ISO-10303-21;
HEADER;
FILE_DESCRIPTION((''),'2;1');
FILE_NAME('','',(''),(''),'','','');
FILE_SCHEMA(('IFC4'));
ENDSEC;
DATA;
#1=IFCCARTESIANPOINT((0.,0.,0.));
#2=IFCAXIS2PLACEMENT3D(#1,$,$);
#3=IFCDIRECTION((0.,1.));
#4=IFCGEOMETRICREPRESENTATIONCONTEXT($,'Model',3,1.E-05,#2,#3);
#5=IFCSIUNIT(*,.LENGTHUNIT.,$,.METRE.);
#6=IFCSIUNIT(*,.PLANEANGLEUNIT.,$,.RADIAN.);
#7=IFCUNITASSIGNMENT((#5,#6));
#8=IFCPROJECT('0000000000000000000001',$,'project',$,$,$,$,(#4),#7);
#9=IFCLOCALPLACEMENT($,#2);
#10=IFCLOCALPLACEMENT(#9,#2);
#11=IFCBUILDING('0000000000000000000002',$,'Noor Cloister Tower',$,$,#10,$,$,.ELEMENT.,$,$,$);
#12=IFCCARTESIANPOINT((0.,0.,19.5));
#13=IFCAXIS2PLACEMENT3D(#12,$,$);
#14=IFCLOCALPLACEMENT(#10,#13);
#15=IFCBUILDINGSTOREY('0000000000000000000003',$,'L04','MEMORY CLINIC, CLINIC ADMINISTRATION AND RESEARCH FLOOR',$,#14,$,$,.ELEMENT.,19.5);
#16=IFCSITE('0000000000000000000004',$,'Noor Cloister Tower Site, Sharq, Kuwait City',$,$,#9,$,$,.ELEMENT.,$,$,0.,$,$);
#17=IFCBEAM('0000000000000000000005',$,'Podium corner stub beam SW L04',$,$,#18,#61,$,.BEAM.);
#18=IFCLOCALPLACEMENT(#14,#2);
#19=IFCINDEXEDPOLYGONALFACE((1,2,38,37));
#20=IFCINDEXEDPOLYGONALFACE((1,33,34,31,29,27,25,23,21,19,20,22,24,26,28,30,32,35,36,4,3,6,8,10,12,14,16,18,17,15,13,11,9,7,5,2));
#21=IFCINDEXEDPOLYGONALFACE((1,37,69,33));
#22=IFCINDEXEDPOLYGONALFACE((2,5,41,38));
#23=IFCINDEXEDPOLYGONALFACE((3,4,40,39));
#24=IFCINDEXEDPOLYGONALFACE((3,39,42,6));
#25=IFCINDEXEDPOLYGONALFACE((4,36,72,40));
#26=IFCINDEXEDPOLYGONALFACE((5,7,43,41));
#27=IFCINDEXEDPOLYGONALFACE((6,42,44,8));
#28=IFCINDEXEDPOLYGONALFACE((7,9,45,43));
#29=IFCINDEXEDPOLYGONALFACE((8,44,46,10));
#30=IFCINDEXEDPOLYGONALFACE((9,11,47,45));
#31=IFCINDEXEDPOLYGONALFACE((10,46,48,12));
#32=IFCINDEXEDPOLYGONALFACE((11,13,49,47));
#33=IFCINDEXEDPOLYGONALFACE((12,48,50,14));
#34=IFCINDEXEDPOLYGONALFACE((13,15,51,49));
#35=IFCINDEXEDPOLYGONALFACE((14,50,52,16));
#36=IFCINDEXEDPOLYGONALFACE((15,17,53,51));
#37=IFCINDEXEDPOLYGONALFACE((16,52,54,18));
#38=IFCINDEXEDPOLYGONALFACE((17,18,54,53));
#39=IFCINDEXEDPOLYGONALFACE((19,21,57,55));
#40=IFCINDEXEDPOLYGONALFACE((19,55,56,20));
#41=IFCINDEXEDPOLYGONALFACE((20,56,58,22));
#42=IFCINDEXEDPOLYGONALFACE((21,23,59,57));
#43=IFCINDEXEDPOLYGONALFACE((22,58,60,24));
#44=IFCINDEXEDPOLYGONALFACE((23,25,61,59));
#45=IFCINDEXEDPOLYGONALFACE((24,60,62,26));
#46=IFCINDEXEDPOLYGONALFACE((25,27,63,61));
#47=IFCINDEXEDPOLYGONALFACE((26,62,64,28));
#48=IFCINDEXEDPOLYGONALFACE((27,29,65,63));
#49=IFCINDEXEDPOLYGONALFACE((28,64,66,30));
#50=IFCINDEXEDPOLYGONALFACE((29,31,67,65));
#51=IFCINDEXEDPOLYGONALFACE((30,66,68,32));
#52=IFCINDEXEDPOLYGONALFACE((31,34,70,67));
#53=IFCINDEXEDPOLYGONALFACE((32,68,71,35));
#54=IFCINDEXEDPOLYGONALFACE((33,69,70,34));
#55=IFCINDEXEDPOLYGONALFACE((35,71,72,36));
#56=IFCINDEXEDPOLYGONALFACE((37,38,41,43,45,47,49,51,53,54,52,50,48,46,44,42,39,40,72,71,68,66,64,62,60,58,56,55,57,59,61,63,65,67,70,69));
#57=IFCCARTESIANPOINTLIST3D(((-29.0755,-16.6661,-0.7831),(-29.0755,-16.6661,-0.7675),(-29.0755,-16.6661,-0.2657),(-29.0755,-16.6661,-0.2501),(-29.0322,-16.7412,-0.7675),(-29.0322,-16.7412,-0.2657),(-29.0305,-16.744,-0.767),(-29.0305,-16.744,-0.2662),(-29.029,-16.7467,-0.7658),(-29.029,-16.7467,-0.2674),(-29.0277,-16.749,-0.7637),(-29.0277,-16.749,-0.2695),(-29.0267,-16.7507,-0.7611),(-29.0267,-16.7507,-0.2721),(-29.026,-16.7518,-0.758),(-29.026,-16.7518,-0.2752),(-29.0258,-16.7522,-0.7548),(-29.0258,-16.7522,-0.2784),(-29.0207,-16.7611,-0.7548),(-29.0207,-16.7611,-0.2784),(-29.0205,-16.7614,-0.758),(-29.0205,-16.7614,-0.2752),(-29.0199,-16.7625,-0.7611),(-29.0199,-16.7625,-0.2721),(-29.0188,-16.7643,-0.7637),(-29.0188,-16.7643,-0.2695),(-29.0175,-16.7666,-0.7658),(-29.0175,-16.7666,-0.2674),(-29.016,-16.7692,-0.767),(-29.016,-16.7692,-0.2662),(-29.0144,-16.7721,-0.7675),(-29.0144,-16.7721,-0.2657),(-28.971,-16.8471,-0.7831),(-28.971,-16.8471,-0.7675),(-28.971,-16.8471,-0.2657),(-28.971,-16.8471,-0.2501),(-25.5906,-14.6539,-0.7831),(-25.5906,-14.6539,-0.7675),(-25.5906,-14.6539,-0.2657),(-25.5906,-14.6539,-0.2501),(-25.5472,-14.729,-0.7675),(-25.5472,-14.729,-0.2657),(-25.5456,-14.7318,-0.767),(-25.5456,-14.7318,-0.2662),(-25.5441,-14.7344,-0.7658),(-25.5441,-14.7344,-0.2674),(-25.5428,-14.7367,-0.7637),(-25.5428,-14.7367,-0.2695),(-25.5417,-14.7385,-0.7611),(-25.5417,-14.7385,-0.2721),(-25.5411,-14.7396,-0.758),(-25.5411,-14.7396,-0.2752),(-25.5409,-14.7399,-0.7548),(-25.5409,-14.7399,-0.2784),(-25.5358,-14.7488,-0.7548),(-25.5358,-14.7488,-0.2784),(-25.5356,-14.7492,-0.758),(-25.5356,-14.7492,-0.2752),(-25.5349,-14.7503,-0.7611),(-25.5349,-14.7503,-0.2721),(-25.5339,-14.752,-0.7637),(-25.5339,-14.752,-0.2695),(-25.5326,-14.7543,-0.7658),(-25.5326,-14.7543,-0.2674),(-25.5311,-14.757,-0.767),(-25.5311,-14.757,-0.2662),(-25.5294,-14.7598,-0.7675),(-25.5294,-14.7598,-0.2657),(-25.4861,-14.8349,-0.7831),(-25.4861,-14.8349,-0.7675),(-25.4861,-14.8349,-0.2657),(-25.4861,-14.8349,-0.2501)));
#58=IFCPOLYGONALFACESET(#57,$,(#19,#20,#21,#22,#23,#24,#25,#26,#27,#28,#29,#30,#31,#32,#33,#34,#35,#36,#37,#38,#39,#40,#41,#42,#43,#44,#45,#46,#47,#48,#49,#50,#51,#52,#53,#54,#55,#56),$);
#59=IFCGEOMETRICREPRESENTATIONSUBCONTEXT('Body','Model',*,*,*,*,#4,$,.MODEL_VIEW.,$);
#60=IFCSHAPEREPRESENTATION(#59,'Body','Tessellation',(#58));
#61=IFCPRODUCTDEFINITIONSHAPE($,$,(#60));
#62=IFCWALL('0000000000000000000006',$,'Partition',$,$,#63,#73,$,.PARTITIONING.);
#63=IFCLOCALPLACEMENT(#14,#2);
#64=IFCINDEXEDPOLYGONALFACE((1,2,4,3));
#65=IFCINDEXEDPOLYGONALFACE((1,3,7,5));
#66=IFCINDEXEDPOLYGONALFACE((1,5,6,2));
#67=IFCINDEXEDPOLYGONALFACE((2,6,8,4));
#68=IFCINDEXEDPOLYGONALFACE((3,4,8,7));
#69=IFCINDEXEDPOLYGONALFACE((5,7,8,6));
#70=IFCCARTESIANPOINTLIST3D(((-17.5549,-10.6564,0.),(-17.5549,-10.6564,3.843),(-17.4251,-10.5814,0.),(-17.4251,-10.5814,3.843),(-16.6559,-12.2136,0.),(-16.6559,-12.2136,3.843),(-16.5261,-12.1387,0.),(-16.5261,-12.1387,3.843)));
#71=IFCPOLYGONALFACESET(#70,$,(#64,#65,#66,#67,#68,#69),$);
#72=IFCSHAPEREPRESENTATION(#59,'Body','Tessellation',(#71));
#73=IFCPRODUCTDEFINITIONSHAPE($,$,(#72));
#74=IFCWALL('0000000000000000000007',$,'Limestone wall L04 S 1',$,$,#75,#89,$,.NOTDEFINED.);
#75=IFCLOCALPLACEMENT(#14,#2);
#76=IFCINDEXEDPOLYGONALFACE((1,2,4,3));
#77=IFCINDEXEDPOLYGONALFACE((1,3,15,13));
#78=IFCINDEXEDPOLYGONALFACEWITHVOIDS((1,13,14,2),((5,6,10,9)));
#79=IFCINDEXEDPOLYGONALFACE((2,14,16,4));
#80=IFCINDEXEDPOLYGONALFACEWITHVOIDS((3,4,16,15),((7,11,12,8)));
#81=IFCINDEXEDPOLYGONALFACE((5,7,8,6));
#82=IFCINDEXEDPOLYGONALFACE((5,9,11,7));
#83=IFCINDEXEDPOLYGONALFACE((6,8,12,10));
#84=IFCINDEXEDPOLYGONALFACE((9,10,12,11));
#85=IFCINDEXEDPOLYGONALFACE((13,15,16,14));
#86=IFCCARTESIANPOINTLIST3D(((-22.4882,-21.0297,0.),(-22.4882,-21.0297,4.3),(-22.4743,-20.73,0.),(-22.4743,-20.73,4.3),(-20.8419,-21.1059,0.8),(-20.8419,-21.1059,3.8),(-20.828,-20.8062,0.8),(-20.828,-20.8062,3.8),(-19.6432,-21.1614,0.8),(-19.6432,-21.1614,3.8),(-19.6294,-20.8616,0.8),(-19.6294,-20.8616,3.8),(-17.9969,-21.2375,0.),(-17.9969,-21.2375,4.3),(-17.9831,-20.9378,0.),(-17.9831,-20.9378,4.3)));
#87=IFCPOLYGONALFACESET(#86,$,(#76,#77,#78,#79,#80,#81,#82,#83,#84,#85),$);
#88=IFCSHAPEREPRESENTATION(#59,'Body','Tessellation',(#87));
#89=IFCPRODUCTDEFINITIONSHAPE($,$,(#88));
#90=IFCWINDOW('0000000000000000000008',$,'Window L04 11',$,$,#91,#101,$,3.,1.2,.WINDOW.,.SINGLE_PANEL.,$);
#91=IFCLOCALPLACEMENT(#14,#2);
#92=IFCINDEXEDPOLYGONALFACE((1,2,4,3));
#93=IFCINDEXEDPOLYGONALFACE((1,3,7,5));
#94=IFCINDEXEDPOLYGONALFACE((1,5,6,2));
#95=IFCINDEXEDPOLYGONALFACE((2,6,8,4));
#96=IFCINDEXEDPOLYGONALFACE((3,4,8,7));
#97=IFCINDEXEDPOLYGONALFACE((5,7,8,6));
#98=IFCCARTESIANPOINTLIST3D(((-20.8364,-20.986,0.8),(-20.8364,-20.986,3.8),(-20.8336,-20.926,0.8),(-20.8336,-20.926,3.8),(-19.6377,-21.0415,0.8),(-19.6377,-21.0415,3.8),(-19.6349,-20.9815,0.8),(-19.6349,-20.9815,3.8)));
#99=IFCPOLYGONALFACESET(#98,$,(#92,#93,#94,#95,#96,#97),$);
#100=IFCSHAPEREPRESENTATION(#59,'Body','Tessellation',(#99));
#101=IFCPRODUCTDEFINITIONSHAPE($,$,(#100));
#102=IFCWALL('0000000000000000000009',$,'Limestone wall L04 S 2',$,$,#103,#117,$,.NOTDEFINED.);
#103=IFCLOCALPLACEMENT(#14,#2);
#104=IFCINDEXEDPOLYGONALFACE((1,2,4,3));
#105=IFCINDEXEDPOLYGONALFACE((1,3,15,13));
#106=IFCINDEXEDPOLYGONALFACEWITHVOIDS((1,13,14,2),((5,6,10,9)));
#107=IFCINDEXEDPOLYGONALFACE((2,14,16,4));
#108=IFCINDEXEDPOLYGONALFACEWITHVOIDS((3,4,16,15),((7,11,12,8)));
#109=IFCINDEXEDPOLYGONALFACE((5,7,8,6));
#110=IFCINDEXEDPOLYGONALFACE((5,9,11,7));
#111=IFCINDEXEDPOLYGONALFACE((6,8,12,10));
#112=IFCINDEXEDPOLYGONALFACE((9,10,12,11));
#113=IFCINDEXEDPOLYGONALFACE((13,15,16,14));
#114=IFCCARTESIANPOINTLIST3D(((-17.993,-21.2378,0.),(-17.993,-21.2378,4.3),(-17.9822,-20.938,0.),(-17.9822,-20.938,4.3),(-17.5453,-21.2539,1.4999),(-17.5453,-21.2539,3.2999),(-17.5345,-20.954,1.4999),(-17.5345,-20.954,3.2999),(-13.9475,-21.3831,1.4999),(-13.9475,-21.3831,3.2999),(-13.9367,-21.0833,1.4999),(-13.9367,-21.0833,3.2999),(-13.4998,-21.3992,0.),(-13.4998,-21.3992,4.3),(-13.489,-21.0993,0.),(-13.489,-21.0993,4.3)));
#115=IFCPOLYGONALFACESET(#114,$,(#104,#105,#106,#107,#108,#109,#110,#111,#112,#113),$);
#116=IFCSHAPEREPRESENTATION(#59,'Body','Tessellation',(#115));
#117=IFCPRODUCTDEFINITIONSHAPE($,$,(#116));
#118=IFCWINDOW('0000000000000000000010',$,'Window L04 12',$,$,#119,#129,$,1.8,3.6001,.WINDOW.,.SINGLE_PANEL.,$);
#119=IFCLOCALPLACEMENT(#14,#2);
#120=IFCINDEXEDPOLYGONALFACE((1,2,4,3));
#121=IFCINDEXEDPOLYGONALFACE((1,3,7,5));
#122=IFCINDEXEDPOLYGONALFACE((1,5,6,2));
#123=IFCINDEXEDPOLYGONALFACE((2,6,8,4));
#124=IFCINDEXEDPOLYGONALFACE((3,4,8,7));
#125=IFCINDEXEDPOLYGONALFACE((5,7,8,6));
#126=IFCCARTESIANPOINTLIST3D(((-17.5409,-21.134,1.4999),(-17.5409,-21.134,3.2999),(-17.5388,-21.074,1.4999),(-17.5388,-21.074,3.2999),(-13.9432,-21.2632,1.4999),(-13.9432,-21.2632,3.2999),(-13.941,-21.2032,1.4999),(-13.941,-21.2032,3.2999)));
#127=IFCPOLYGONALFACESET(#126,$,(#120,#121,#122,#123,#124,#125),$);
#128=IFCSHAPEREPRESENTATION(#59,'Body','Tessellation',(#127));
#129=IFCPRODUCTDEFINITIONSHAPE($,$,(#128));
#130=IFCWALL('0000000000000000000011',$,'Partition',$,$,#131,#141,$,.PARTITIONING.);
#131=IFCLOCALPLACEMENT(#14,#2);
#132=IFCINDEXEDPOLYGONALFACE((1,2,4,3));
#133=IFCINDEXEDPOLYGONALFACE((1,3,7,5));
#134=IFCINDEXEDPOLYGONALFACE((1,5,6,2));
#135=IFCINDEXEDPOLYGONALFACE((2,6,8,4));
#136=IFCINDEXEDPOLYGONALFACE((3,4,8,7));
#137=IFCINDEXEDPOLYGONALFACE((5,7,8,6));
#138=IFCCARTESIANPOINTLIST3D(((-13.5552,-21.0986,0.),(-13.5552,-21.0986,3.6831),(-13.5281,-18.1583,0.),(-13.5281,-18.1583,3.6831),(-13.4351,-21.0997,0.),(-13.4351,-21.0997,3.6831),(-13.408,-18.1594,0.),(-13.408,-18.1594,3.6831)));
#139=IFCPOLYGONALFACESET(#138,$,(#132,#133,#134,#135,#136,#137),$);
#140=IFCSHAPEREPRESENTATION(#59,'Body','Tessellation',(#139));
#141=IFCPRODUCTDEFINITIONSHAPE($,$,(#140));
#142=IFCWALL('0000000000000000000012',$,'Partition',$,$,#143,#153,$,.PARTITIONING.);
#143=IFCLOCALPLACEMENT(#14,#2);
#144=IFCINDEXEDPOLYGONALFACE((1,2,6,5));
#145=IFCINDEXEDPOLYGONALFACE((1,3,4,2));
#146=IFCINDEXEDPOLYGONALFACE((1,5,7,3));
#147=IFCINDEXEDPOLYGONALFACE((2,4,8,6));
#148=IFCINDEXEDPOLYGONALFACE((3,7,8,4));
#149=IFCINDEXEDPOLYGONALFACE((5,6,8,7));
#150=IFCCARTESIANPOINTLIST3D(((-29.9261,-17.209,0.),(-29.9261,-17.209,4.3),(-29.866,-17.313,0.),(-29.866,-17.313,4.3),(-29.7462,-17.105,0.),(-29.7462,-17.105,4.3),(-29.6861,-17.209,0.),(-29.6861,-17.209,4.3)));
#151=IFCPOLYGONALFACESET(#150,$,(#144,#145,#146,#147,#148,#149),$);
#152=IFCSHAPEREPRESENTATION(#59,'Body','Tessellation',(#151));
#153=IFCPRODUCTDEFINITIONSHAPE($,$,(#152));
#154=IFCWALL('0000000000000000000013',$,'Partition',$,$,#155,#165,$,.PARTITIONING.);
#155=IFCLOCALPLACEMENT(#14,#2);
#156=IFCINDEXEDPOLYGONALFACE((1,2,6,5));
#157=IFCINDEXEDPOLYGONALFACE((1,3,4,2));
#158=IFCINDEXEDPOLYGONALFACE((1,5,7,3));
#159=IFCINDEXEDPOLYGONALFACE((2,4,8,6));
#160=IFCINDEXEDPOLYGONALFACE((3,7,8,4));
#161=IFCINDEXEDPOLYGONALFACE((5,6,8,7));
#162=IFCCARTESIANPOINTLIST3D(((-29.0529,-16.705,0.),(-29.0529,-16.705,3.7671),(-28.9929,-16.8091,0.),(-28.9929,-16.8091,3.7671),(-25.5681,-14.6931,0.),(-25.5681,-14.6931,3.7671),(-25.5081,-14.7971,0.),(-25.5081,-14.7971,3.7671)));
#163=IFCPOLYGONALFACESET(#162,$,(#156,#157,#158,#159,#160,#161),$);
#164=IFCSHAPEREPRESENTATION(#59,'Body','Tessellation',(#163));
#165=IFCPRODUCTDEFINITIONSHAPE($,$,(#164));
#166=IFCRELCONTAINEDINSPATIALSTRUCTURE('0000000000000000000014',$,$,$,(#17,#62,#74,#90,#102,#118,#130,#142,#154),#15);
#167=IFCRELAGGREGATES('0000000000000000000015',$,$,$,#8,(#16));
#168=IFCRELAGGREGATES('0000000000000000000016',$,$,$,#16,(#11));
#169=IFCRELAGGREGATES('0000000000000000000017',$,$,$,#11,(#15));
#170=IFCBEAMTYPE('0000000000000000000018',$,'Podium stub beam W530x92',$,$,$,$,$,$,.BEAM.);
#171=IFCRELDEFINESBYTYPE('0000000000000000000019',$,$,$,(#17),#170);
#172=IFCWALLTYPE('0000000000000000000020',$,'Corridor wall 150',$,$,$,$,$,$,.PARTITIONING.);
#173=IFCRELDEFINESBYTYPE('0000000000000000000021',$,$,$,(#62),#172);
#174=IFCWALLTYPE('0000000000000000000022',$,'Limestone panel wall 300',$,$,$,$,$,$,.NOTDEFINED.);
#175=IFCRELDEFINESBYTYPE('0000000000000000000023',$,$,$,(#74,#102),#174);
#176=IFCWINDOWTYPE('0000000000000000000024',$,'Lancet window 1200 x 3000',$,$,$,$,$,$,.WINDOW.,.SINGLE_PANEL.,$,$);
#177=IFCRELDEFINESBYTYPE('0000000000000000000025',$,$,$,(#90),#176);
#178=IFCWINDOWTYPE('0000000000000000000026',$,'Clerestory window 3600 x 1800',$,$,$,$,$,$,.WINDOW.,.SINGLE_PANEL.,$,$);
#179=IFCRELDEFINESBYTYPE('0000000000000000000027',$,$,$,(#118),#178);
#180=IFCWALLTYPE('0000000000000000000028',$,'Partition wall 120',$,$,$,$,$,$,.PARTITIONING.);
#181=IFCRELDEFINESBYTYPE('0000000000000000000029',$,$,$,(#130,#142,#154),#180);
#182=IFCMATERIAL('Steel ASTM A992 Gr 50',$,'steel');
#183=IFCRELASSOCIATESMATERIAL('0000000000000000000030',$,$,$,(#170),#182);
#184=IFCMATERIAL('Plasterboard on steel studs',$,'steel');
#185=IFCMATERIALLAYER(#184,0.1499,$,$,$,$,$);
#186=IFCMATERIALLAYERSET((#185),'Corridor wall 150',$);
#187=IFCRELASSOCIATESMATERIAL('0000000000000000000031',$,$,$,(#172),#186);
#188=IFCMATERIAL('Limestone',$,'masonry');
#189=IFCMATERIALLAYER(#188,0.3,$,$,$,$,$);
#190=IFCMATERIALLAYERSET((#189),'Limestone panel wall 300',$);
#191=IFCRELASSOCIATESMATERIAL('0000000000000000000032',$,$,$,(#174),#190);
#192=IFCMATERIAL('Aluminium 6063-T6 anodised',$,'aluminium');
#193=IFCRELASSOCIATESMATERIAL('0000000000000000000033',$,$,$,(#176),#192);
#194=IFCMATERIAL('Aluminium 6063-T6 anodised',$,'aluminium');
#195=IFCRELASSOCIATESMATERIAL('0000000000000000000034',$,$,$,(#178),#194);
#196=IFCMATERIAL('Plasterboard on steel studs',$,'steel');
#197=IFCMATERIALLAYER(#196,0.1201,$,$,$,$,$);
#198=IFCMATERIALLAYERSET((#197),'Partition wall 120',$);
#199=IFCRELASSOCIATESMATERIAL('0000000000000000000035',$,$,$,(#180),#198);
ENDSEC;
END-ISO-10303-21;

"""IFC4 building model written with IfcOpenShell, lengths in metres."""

from ifc_helpers import new_model, si_unit, direction, frame, frame_2d, origin, origin_2d, place, context, subcontext, project, spatial, rectangle, i_section, extrude, material, layer, layer_set, material_profile, profile_set, type_object, element, fill, save


model = new_model("IFC4")

# Units and contexts
model_context = context("Model", 3, precision=1e-05, world=origin(), true_north=direction((0.0, 1.0)))
body_context = subcontext(model_context, "Body", "Model", "MODEL_VIEW")
ifc_project = project(units=[si_unit("LENGTHUNIT", "METRE"), si_unit("PLANEANGLEUNIT", "RADIAN")], contexts=[model_context])

# Site, building, storey
site_placement = place(None, origin())
site = spatial("IfcSite", under=ifc_project, at=site_placement, Name="Noor Cloister Tower Site, Sharq, Kuwait City", CompositionType="ELEMENT", RefElevation=0.0)
building_placement = place(site_placement, origin())
building = spatial("IfcBuilding", under=site, at=building_placement, Name="Noor Cloister Tower", CompositionType="ELEMENT")
storey_placement = place(building_placement, frame((0.0, 0.0, 19.5)))
storey = spatial("IfcBuildingStorey", under=building, at=storey_placement, Name="L04", Description="MEMORY CLINIC, CLINIC ADMINISTRATION AND RESEARCH FLOOR", CompositionType="ELEMENT", Elevation=19.5)

# Beam
ifc_material_1 = material(Name="Steel ASTM A992 Gr 50", Category="steel")
ifc_material_profile_1 = material_profile(ifc_material_1, i_section(OverallWidth=0.209, OverallDepth=0.533, WebThickness=0.0103, FlangeThickness=0.0156, FilletRadius=0.0127, at=origin_2d()), Name="W530x92")
ifc_profile_set_1 = profile_set([ifc_material_profile_1], Name="Steel ASTM A992 Gr 50")
beam_type_1 = type_object("IfcBeamType", Name="Podium stub beam W530x92", PredefinedType="BEAM", material=ifc_profile_set_1)
beam_1_placement = place(storey_placement, frame((-25.5383, -14.7444, -0.5166), z_axis=(-0.866002, -0.500041, 0.0), x_axis=(0.500041, -0.866002, 0.0)))
element("IfcBeam", 1, at=beam_1_placement, inside=storey, type_object=beam_type_1, Name="Podium corner stub beam SW L04", PredefinedType="BEAM", context=body_context, shape_type="SweptSolid", body=[
    extrude(i_section(OverallWidth=0.209, OverallDepth=0.533, WebThickness=0.0103, FlangeThickness=0.0156, FilletRadius=0.0127, at=origin_2d()), origin(), (0.0, 0.0, 1.0), 4.0242),
])

# Wall
ifc_material_2 = material(Name="Plasterboard on steel studs", Category="steel")
ifc_layer_1 = layer(ifc_material_2, 0.1499)
ifc_layer_set_1 = layer_set([ifc_layer_1], Name="Corridor wall 150")
wall_type_1 = type_object("IfcWallType", Name="Corridor wall 150", PredefinedType="PARTITIONING", material=ifc_layer_set_1)
wall_1_placement = place(storey_placement, frame((-16.5911, -12.176, 0.0), z_axis=(0.0, 0.0, 1.0), x_axis=(-0.499965, 0.866045, 0.0)))
element("IfcWall", 2, at=wall_1_placement, inside=storey, type_object=wall_type_1, Name="Partition", PredefinedType="PARTITIONING", context=body_context, shape_type="SweptSolid", body=[
    extrude(rectangle(XDim=1.7981, YDim=0.1499, at=frame_2d((0.8989, 0.0))), origin(), (0.0, 0.0, 1.0), 3.843),
])

# Walls, openings, windows
ifc_material_3 = material(Name="Limestone", Category="masonry")
ifc_layer_2 = layer(ifc_material_3, 0.3)
ifc_layer_set_2 = layer_set([ifc_layer_2], Name="Limestone panel wall 300")
wall_type_2 = type_object("IfcWallType", Name="Limestone panel wall 300", PredefinedType="NOTDEFINED", material=ifc_layer_set_2)
wall_2_placement = place(storey_placement, frame((-17.99, -21.0876, 0.0), z_axis=(0.0, 0.0, 1.0), x_axis=(-0.998932, 0.046211, 0.0)))
wall_2 = element("IfcWall", 3, at=wall_2_placement, inside=storey, type_object=wall_type_2, Name="Limestone wall L04 S 1", PredefinedType="NOTDEFINED", context=body_context, shape_type="SweptSolid", body=[
    extrude(rectangle(XDim=4.4961, YDim=0.3, at=frame_2d((2.248, 0.0))), origin(), (0.0, 0.0, 1.0), 4.3),
])
opening_1_placement = place(wall_2_placement, frame((1.6479, 0.0, 0.8)))
opening_1 = element("IfcOpeningElement", 4, at=opening_1_placement, cuts=wall_2, PredefinedType="OPENING", context=body_context, shape_type="SweptSolid", body=[
    extrude(rectangle(XDim=1.2, YDim=3.0, at=frame_2d((0.6001, 1.5))), frame((0.0, 0.1602, 0.0), z_axis=(0.0, -1.0, 0.0), x_axis=(1.0, 0.0, 0.0)), (0.0, 0.0, 1.0), 0.3201),
])
ifc_material_4 = material(Name="Aluminium 6063-T6 anodised", Category="aluminium")
window_type_1 = type_object("IfcWindowType", Name="Lancet window 1200 x 3000", PartitioningType="SINGLE_PANEL", PredefinedType="WINDOW", material=ifc_material_4)
window_1_placement = place(opening_1_placement, origin())
window_1 = element("IfcWindow", 5, at=window_1_placement, inside=storey, type_object=window_type_1, Name="Window L04 11", OverallHeight=3.0, OverallWidth=1.2, PartitioningType="SINGLE_PANEL", PredefinedType="WINDOW", context=body_context, shape_type="SweptSolid", body=[
    extrude(rectangle(XDim=1.2, YDim=3.0, at=frame_2d((0.6001, 1.5))), frame((0.0, 0.03, 0.0), z_axis=(0.0, -1.0, 0.0), x_axis=(1.0, 0.0, 0.0)), (0.0, 0.0, 1.0), 0.0601),
])
fill(opening_1, window_1)
wall_3_placement = place(storey_placement, frame((-13.4944, -21.2493, 0.0), z_axis=(0.0, 0.0, 1.0), x_axis=(-0.999356, 0.035893, 0.0)))
wall_3 = element("IfcWall", 6, at=wall_3_placement, inside=storey, type_object=wall_type_2, Name="Limestone wall L04 S 2", PredefinedType="NOTDEFINED", context=body_context, shape_type="SweptSolid", body=[
    extrude(rectangle(XDim=4.4961, YDim=0.3, at=frame_2d((2.248, 0.0))), origin(), (0.0, 0.0, 1.0), 4.3),
])
opening_2_placement = place(wall_3_placement, frame((0.448, 0.0, 1.5)))
opening_2 = element("IfcOpeningElement", 7, at=opening_2_placement, cuts=wall_3, PredefinedType="OPENING", context=body_context, shape_type="SweptSolid", body=[
    extrude(rectangle(XDim=3.6001, YDim=1.8, at=frame_2d((1.8, 0.8999))), frame((0.0, 0.1602, 0.0), z_axis=(0.0, -1.0, 0.0), x_axis=(1.0, 0.0, 0.0)), (0.0, 0.0, 1.0), 0.3201),
])
ifc_material_5 = material(Name="Aluminium 6063-T6 anodised", Category="aluminium")
window_type_2 = type_object("IfcWindowType", Name="Clerestory window 3600 x 1800", PartitioningType="SINGLE_PANEL", PredefinedType="WINDOW", material=ifc_material_5)
window_2_placement = place(opening_2_placement, origin())
window_2 = element("IfcWindow", 8, at=window_2_placement, inside=storey, type_object=window_type_2, Name="Window L04 12", OverallHeight=1.8, OverallWidth=3.6001, PartitioningType="SINGLE_PANEL", PredefinedType="WINDOW", context=body_context, shape_type="SweptSolid", body=[
    extrude(rectangle(XDim=3.6001, YDim=1.8, at=frame_2d((1.8, 0.8999))), frame((0.0, 0.03, 0.0), z_axis=(0.0, -1.0, 0.0), x_axis=(1.0, 0.0, 0.0)), (0.0, 0.0, 1.0), 0.0601),
])
fill(opening_2, window_2)

# Walls
ifc_material_6 = material(Name="Plasterboard on steel studs", Category="steel")
ifc_layer_3 = layer(ifc_material_6, 0.1201)
ifc_layer_set_3 = layer_set([ifc_layer_3], Name="Partition wall 120")
wall_type_3 = type_object("IfcWallType", Name="Partition wall 120", PredefinedType="PARTITIONING", material=ifc_layer_set_3)
wall_4_placement = place(storey_placement, frame((-13.4951, -21.0991, 0.0), z_axis=(0.0, 0.0, 1.0), x_axis=(0.009217, 0.999958, 0.0)))
element("IfcWall", 9, at=wall_4_placement, inside=storey, type_object=wall_type_3, Name="Partition", PredefinedType="PARTITIONING", context=body_context, shape_type="SweptSolid", body=[
    extrude(rectangle(XDim=2.9404, YDim=0.1201, at=frame_2d((1.4702, 0.0))), origin(), (0.0, 0.0, 1.0), 3.6831),
])
wall_5_placement = place(storey_placement, frame((-29.7161, -17.157, 0.0), z_axis=(0.0, 0.0, 1.0), x_axis=(-0.865775, -0.500434, 0.0)))
element("IfcWall", 10, at=wall_5_placement, inside=storey, type_object=wall_type_3, Name="Partition", PredefinedType="PARTITIONING", context=body_context, shape_type="SweptSolid", body=[
    extrude(rectangle(XDim=0.2078, YDim=0.1201, at=frame_2d((0.104, 0.0))), origin(), (0.0, 0.0, 1.0), 4.3),
])
wall_6_placement = place(storey_placement, frame((-25.5381, -14.7451, 0.0), z_axis=(0.0, 0.0, 1.0), x_axis=(-0.866028, -0.499996, 0.0)))
element("IfcWall", 11, at=wall_6_placement, inside=storey, type_object=wall_type_3, Name="Partition", PredefinedType="PARTITIONING", context=body_context, shape_type="SweptSolid", body=[
    extrude(rectangle(XDim=4.0239, YDim=0.1201, at=frame_2d((2.012, 0.0))), origin(), (0.0, 0.0, 1.0), 3.7671),
])

save(model, "model.ifc")
